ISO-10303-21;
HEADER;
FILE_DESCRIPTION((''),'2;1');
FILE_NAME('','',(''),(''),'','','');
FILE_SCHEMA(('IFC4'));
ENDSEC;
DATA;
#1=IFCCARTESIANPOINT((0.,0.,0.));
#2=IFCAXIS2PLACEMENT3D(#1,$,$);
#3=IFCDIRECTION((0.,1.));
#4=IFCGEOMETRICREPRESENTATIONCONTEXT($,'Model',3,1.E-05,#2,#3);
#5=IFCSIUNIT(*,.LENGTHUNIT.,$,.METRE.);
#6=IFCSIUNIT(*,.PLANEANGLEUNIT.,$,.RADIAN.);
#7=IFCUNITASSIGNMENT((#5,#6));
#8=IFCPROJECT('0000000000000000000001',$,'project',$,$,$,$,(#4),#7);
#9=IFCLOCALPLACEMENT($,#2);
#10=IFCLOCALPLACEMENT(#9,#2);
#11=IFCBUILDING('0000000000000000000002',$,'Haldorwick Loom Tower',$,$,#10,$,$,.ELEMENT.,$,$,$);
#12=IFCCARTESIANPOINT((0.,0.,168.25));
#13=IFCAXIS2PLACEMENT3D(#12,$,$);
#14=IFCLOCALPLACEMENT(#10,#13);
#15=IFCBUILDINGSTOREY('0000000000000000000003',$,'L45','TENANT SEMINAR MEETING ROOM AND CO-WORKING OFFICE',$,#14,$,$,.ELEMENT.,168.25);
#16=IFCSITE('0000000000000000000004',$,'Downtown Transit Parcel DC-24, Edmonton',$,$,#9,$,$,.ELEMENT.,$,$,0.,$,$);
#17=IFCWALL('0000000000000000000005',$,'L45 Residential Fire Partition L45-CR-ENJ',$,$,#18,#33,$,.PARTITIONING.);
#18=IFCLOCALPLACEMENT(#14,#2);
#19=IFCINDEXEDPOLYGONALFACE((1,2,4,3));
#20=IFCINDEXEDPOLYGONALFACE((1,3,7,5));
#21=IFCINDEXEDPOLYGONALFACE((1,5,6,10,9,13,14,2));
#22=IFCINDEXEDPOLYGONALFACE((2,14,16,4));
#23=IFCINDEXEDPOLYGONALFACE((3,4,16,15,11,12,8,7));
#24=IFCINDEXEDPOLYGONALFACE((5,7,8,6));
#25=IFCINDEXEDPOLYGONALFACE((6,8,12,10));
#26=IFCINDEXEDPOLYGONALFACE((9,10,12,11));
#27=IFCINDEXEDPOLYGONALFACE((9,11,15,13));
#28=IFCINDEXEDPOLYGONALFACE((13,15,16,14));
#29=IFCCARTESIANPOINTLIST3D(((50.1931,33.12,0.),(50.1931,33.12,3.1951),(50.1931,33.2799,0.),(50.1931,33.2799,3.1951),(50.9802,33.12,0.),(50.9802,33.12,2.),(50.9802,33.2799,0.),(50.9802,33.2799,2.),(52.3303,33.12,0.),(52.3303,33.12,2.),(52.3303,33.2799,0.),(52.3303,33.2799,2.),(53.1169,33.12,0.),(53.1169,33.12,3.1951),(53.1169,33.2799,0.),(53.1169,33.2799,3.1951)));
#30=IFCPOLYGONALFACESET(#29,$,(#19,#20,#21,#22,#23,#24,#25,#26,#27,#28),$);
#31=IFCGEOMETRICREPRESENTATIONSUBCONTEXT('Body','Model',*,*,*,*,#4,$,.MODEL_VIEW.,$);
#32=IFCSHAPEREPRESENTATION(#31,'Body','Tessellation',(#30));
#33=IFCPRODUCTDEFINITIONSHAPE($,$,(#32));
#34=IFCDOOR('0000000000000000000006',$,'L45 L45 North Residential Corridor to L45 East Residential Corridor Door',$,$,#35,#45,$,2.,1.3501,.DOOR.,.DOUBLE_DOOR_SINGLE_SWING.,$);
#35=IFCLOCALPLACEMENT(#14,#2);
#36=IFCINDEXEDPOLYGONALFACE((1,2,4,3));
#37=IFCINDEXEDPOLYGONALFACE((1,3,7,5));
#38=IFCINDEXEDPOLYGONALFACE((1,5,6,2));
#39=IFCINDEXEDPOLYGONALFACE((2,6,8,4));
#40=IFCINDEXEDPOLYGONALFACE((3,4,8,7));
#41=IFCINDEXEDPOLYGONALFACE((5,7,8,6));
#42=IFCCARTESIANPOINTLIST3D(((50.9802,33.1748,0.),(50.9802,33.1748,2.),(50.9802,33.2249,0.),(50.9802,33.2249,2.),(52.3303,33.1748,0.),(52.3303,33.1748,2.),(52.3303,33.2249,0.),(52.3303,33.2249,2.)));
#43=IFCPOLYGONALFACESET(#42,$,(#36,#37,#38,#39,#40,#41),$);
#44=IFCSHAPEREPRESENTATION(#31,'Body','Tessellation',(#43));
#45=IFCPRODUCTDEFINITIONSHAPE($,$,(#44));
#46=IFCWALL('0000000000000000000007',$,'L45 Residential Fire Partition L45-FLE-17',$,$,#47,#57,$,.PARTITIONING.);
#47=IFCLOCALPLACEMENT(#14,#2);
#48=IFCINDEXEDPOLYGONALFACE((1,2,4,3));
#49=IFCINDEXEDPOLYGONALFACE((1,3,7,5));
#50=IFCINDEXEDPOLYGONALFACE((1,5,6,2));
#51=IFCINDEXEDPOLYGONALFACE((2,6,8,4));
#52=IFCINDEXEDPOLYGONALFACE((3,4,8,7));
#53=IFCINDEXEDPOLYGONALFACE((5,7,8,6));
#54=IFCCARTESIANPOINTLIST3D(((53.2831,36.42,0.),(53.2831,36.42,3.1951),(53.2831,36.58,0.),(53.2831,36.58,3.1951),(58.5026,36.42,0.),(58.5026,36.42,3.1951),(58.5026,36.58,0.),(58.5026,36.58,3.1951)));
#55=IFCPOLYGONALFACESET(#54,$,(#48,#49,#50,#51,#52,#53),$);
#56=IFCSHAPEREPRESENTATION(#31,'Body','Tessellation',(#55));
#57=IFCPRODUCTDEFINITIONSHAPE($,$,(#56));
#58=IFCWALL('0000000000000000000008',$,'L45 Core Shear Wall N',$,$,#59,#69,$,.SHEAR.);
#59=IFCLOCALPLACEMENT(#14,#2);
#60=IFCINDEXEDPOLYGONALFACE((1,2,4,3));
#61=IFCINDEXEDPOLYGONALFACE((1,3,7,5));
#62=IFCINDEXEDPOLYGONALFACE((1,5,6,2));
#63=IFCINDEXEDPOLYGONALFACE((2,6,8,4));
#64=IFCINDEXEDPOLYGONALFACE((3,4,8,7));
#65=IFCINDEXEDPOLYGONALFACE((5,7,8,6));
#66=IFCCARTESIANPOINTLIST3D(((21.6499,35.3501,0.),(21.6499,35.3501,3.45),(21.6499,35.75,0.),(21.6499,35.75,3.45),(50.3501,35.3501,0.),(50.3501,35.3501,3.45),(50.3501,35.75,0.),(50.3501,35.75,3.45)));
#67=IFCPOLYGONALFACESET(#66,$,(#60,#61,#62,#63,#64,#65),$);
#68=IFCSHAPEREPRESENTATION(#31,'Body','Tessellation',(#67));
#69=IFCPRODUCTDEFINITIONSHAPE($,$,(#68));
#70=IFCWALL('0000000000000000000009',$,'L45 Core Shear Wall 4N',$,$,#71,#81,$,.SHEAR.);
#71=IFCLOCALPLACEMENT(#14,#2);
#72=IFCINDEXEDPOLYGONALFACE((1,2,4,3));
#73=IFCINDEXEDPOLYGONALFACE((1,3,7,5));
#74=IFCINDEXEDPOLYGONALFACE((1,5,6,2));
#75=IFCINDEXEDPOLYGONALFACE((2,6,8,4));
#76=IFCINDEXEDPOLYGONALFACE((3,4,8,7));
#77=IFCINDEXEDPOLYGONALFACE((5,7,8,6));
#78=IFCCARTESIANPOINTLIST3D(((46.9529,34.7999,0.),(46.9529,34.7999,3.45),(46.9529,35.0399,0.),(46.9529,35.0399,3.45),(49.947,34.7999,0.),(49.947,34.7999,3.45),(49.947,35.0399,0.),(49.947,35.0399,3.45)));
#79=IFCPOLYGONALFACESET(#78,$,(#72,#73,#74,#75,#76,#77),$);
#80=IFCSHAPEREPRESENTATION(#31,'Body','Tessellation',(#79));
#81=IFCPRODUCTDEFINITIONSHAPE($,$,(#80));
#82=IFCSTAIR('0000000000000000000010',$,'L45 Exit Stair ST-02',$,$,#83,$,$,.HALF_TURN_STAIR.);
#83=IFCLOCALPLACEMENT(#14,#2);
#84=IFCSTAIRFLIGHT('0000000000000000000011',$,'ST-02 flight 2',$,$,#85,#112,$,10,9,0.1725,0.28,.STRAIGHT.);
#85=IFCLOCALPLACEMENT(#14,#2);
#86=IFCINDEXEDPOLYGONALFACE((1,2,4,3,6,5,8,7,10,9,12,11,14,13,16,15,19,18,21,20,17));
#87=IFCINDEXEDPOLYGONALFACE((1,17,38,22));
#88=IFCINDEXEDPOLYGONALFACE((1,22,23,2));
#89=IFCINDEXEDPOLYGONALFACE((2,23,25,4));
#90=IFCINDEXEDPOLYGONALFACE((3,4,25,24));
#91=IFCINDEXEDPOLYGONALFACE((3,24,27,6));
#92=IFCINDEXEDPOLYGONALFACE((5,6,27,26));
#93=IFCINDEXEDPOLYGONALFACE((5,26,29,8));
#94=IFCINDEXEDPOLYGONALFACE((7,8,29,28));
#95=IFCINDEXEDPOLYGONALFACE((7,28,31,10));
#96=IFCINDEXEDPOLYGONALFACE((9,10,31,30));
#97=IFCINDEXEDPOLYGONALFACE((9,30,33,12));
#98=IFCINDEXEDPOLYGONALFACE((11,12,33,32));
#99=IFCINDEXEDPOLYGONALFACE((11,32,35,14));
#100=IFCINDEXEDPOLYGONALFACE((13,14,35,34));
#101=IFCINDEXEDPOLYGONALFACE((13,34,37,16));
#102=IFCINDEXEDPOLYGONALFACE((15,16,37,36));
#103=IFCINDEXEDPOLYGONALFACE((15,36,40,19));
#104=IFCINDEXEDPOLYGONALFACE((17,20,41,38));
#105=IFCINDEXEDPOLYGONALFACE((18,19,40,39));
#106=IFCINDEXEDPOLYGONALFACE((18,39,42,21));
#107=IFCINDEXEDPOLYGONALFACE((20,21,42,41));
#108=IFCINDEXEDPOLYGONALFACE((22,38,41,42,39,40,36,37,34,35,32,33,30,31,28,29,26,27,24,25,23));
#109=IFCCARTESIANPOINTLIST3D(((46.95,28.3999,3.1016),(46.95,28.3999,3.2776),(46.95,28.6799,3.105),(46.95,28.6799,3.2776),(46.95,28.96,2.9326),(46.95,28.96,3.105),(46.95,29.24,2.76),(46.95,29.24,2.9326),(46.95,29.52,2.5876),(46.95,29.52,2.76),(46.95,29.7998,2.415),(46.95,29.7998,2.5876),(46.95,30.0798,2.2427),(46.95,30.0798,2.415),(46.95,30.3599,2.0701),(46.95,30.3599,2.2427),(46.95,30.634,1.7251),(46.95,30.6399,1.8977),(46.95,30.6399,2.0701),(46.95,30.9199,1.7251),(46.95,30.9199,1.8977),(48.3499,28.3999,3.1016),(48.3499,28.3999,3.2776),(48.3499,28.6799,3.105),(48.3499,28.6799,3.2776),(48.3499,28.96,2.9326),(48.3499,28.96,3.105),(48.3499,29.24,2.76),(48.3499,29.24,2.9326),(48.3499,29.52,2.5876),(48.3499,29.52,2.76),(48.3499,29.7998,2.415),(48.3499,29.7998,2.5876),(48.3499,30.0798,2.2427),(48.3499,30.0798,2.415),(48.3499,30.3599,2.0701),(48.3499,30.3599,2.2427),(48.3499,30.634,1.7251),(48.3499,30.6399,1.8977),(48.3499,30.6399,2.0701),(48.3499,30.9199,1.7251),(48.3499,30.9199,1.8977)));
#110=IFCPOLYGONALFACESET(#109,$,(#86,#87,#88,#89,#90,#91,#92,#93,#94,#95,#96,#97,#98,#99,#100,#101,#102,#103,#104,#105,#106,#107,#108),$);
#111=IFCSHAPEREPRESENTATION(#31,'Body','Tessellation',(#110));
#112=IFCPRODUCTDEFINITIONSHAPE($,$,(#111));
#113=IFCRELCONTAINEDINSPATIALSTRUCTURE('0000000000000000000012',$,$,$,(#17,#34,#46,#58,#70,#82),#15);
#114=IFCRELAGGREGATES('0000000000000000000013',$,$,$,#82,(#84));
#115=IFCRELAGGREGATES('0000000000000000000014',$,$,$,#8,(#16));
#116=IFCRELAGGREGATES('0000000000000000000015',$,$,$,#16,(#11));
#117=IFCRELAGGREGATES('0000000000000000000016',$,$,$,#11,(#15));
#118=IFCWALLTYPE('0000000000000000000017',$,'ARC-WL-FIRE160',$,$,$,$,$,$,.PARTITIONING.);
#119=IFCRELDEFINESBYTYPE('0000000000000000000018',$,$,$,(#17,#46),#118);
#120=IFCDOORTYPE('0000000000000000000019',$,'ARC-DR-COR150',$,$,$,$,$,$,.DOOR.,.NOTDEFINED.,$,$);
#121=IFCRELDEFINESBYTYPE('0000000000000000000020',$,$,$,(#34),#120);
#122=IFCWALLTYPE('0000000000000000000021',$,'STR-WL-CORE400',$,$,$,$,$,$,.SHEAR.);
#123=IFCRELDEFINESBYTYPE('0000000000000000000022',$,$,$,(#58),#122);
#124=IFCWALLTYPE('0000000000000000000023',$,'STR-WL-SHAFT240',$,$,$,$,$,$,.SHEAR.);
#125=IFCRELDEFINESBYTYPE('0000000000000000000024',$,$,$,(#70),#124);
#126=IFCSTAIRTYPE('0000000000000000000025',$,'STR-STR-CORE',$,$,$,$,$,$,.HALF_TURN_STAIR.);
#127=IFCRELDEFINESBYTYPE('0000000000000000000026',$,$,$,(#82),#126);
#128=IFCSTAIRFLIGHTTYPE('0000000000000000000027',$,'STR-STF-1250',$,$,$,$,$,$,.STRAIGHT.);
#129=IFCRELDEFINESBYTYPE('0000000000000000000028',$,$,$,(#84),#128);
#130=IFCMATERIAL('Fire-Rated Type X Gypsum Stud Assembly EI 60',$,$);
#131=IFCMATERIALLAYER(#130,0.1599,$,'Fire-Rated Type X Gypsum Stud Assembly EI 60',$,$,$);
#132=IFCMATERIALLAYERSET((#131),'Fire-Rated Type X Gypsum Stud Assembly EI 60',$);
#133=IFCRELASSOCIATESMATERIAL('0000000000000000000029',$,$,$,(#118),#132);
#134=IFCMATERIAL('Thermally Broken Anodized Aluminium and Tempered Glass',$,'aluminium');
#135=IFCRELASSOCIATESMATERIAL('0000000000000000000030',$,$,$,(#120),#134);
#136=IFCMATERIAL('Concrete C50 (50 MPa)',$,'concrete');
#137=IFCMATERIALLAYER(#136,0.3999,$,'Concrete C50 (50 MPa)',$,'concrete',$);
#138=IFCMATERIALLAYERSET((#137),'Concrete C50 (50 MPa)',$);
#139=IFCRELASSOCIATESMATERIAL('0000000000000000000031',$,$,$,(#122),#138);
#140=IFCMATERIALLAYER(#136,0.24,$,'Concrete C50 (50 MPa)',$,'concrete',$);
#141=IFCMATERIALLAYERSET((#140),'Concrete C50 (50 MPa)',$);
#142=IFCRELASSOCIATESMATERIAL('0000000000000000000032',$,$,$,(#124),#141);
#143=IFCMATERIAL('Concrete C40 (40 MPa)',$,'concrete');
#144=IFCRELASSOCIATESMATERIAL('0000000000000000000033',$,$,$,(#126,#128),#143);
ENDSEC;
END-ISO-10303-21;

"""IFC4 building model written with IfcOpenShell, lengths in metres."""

from ifc_helpers import new_model, si_unit, direction, frame, frame_2d, origin, place, context, subcontext, project, spatial, polyline, rectangle, outline, extrude, material, layer, layer_set, type_object, element, fill, aggregate, save


model = new_model("IFC4")

# Units and contexts
model_context = context("Model", 3, precision=1e-05, world=origin(), true_north=direction((0.0, 1.0)))
body_context = subcontext(model_context, "Body", "Model", "MODEL_VIEW")
ifc_project = project(units=[si_unit("LENGTHUNIT", "METRE"), si_unit("PLANEANGLEUNIT", "RADIAN")], contexts=[model_context])

# Site, building, storey
site_placement = place(None, origin())
site = spatial("IfcSite", under=ifc_project, at=site_placement, Name="Downtown Transit Parcel DC-24, Edmonton", CompositionType="ELEMENT", RefElevation=0.0)
building_placement = place(site_placement, origin())
building = spatial("IfcBuilding", under=site, at=building_placement, Name="Haldorwick Loom Tower", CompositionType="ELEMENT")
storey_placement = place(building_placement, frame((0.0, 0.0, 168.25)))
storey = spatial("IfcBuildingStorey", under=building, at=storey_placement, Name="L45", Description="TENANT SEMINAR MEETING ROOM AND CO-WORKING OFFICE", CompositionType="ELEMENT", Elevation=168.25)

# Wall, opening, door
ifc_material_1 = material(Name="Fire-Rated Type X Gypsum Stud Assembly EI 60")
ifc_layer_1 = layer(ifc_material_1, 0.1599, Name="Fire-Rated Type X Gypsum Stud Assembly EI 60")
ifc_layer_set_1 = layer_set([ifc_layer_1], Name="Fire-Rated Type X Gypsum Stud Assembly EI 60")
wall_type_1 = type_object("IfcWallType", Name="ARC-WL-FIRE160", PredefinedType="PARTITIONING", material=ifc_layer_set_1)
wall_1_placement = place(storey_placement, frame((50.1931, 33.2, 0.0), z_axis=(0.0, 0.0, 1.0), x_axis=(1.0, 0.0, 0.0)))
wall_1 = element("IfcWall", 1, at=wall_1_placement, inside=storey, type_object=wall_type_1, Name="L45 Residential Fire Partition L45-CR-ENJ", PredefinedType="PARTITIONING", context=body_context, shape_type="SweptSolid", body=[
    extrude(rectangle(XDim=2.9238, YDim=0.1599, at=frame_2d((1.4619, 0.0))), origin(), (0.0, 0.0, 1.0), 3.1951),
])
opening_1_placement = place(wall_1_placement, frame((0.7871, 0.0, 0.0)))
opening_1 = element("IfcOpeningElement", 2, at=opening_1_placement, cuts=wall_1, PredefinedType="OPENING", context=body_context, shape_type="SweptSolid", body=[
    extrude(rectangle(XDim=1.3501, YDim=2.0, at=frame_2d((0.675, 1.0))), frame((0.0, 0.0898, 0.0), z_axis=(0.0, -1.0, 0.0), x_axis=(1.0, 0.0, 0.0)), (0.0, 0.0, 1.0), 0.1799),
])
ifc_material_2 = material(Name="Thermally Broken Anodized Aluminium and Tempered Glass", Category="aluminium")
door_type = type_object("IfcDoorType", Name="ARC-DR-COR150", OperationType="NOTDEFINED", PredefinedType="DOOR", material=ifc_material_2)
door_placement = place(opening_1_placement, origin())
door = element("IfcDoor", 3, at=door_placement, inside=storey, type_object=door_type, Name="L45 L45 North Residential Corridor to L45 East Residential Corridor Door", OperationType="DOUBLE_DOOR_SINGLE_SWING", OverallHeight=2.0, OverallWidth=1.3501, PredefinedType="DOOR", context=body_context, shape_type="SweptSolid", body=[
    extrude(rectangle(XDim=1.3501, YDim=2.0, at=frame_2d((0.675, 1.0))), frame((0.0, 0.0249, 0.0), z_axis=(0.0, -1.0, 0.0), x_axis=(1.0, 0.0, 0.0)), (0.0, 0.0, 1.0), 0.05),
])
fill(opening_1, door)

# Walls
wall_2_placement = place(storey_placement, frame((53.283, 36.5, 0.0), z_axis=(0.0, 0.0, 1.0), x_axis=(1.0, 0.0, 0.0)))
element("IfcWall", 4, at=wall_2_placement, inside=storey, type_object=wall_type_1, Name="L45 Residential Fire Partition L45-FLE-17", PredefinedType="PARTITIONING", context=body_context, shape_type="SweptSolid", body=[
    extrude(rectangle(XDim=5.2195, YDim=0.1599, at=frame_2d((2.6099, 0.0))), origin(), (0.0, 0.0, 1.0), 3.1951),
])
ifc_material_3 = material(Name="Concrete C50 (50 MPa)", Category="concrete")
ifc_layer_2 = layer(ifc_material_3, 0.3999, Name="Concrete C50 (50 MPa)", Category="concrete")
ifc_layer_set_2 = layer_set([ifc_layer_2], Name="Concrete C50 (50 MPa)")
wall_type_2 = type_object("IfcWallType", Name="STR-WL-CORE400", PredefinedType="SHEAR", material=ifc_layer_set_2)
wall_3_placement = place(storey_placement, frame((50.3501, 35.55, 0.0), z_axis=(0.0, 0.0, 1.0), x_axis=(-1.0, 0.0, 0.0)))
element("IfcWall", 5, at=wall_3_placement, inside=storey, type_object=wall_type_2, Name="L45 Core Shear Wall N", PredefinedType="SHEAR", context=body_context, shape_type="SweptSolid", body=[
    extrude(rectangle(XDim=28.7002, YDim=0.3999, at=frame_2d((14.3501, 0.0))), origin(), (0.0, 0.0, 1.0), 3.45),
])
ifc_layer_3 = layer(ifc_material_3, 0.24, Name="Concrete C50 (50 MPa)", Category="concrete")
ifc_layer_set_3 = layer_set([ifc_layer_3], Name="Concrete C50 (50 MPa)")
wall_type_3 = type_object("IfcWallType", Name="STR-WL-SHAFT240", PredefinedType="SHEAR", material=ifc_layer_set_3)
wall_4_placement = place(storey_placement, frame((46.9529, 34.9199, 0.0), z_axis=(0.0, 0.0, 1.0), x_axis=(1.0, 0.0, 0.0)))
element("IfcWall", 6, at=wall_4_placement, inside=storey, type_object=wall_type_3, Name="L45 Core Shear Wall 4N", PredefinedType="SHEAR", context=body_context, shape_type="SweptSolid", body=[
    extrude(rectangle(XDim=2.9941, YDim=0.24, at=frame_2d((1.4971, 0.0))), origin(), (0.0, 0.0, 1.0), 3.45),
])

# Stair, stair flight
ifc_material_4 = material(Name="Concrete C40 (40 MPa)", Category="concrete")
stair_type = type_object("IfcStairType", Name="STR-STR-CORE", PredefinedType="HALF_TURN_STAIR", material=ifc_material_4)
stair_placement = place(storey_placement, origin())
stair = element("IfcStair", 7, at=stair_placement, inside=storey, type_object=stair_type, Name="L45 Exit Stair ST-02", PredefinedType="HALF_TURN_STAIR")
stair_flight_type = type_object("IfcStairFlightType", Name="STR-STF-1250", PredefinedType="STRAIGHT", material=ifc_material_4)
stair_flight_placement = place(storey_placement, frame((47.6499, 30.9199, 1.7251), z_axis=(0.0, 0.0, 1.0), x_axis=(0.0, -1.0, 0.0)))
stair_flight = element("IfcStairFlight", 8, at=stair_flight_placement, type_object=stair_flight_type, Name="ST-02 flight 2", NumberOfRisers=10, NumberOfTreads=9, PredefinedType="STRAIGHT", RiserHeight=0.1725, TreadLength=0.28, context=body_context, shape_type="SweptSolid", body=[
    extrude(outline(polyline([(0.0, 0.0), (0.0, 0.1726), (0.28, 0.1726), (0.28, 0.345), (0.5601, 0.345), (0.5601, 0.5176), (0.8401, 0.5176), (0.8401, 0.6899), (1.1201, 0.6899), (1.1201, 0.8625), (1.3999, 0.8625), (1.3999, 1.0349), (1.6799, 1.0349), (1.6799, 1.2075), (1.96, 1.2075), (1.96, 1.3799), (2.24, 1.3799), (2.24, 1.5525), (2.52, 1.5525), (2.52, 1.7251), (2.52, 1.3765), (0.2859, 0.0), (0.0, 0.0)])), frame((0.0, 0.7, 0.0), z_axis=(0.0, -1.0, 0.0), x_axis=(1.0, 0.0, 0.0)), (0.0, 0.0, 1.0), 1.3999),
])
aggregate(stair, [stair_flight])

save(model, "model.ifc")
